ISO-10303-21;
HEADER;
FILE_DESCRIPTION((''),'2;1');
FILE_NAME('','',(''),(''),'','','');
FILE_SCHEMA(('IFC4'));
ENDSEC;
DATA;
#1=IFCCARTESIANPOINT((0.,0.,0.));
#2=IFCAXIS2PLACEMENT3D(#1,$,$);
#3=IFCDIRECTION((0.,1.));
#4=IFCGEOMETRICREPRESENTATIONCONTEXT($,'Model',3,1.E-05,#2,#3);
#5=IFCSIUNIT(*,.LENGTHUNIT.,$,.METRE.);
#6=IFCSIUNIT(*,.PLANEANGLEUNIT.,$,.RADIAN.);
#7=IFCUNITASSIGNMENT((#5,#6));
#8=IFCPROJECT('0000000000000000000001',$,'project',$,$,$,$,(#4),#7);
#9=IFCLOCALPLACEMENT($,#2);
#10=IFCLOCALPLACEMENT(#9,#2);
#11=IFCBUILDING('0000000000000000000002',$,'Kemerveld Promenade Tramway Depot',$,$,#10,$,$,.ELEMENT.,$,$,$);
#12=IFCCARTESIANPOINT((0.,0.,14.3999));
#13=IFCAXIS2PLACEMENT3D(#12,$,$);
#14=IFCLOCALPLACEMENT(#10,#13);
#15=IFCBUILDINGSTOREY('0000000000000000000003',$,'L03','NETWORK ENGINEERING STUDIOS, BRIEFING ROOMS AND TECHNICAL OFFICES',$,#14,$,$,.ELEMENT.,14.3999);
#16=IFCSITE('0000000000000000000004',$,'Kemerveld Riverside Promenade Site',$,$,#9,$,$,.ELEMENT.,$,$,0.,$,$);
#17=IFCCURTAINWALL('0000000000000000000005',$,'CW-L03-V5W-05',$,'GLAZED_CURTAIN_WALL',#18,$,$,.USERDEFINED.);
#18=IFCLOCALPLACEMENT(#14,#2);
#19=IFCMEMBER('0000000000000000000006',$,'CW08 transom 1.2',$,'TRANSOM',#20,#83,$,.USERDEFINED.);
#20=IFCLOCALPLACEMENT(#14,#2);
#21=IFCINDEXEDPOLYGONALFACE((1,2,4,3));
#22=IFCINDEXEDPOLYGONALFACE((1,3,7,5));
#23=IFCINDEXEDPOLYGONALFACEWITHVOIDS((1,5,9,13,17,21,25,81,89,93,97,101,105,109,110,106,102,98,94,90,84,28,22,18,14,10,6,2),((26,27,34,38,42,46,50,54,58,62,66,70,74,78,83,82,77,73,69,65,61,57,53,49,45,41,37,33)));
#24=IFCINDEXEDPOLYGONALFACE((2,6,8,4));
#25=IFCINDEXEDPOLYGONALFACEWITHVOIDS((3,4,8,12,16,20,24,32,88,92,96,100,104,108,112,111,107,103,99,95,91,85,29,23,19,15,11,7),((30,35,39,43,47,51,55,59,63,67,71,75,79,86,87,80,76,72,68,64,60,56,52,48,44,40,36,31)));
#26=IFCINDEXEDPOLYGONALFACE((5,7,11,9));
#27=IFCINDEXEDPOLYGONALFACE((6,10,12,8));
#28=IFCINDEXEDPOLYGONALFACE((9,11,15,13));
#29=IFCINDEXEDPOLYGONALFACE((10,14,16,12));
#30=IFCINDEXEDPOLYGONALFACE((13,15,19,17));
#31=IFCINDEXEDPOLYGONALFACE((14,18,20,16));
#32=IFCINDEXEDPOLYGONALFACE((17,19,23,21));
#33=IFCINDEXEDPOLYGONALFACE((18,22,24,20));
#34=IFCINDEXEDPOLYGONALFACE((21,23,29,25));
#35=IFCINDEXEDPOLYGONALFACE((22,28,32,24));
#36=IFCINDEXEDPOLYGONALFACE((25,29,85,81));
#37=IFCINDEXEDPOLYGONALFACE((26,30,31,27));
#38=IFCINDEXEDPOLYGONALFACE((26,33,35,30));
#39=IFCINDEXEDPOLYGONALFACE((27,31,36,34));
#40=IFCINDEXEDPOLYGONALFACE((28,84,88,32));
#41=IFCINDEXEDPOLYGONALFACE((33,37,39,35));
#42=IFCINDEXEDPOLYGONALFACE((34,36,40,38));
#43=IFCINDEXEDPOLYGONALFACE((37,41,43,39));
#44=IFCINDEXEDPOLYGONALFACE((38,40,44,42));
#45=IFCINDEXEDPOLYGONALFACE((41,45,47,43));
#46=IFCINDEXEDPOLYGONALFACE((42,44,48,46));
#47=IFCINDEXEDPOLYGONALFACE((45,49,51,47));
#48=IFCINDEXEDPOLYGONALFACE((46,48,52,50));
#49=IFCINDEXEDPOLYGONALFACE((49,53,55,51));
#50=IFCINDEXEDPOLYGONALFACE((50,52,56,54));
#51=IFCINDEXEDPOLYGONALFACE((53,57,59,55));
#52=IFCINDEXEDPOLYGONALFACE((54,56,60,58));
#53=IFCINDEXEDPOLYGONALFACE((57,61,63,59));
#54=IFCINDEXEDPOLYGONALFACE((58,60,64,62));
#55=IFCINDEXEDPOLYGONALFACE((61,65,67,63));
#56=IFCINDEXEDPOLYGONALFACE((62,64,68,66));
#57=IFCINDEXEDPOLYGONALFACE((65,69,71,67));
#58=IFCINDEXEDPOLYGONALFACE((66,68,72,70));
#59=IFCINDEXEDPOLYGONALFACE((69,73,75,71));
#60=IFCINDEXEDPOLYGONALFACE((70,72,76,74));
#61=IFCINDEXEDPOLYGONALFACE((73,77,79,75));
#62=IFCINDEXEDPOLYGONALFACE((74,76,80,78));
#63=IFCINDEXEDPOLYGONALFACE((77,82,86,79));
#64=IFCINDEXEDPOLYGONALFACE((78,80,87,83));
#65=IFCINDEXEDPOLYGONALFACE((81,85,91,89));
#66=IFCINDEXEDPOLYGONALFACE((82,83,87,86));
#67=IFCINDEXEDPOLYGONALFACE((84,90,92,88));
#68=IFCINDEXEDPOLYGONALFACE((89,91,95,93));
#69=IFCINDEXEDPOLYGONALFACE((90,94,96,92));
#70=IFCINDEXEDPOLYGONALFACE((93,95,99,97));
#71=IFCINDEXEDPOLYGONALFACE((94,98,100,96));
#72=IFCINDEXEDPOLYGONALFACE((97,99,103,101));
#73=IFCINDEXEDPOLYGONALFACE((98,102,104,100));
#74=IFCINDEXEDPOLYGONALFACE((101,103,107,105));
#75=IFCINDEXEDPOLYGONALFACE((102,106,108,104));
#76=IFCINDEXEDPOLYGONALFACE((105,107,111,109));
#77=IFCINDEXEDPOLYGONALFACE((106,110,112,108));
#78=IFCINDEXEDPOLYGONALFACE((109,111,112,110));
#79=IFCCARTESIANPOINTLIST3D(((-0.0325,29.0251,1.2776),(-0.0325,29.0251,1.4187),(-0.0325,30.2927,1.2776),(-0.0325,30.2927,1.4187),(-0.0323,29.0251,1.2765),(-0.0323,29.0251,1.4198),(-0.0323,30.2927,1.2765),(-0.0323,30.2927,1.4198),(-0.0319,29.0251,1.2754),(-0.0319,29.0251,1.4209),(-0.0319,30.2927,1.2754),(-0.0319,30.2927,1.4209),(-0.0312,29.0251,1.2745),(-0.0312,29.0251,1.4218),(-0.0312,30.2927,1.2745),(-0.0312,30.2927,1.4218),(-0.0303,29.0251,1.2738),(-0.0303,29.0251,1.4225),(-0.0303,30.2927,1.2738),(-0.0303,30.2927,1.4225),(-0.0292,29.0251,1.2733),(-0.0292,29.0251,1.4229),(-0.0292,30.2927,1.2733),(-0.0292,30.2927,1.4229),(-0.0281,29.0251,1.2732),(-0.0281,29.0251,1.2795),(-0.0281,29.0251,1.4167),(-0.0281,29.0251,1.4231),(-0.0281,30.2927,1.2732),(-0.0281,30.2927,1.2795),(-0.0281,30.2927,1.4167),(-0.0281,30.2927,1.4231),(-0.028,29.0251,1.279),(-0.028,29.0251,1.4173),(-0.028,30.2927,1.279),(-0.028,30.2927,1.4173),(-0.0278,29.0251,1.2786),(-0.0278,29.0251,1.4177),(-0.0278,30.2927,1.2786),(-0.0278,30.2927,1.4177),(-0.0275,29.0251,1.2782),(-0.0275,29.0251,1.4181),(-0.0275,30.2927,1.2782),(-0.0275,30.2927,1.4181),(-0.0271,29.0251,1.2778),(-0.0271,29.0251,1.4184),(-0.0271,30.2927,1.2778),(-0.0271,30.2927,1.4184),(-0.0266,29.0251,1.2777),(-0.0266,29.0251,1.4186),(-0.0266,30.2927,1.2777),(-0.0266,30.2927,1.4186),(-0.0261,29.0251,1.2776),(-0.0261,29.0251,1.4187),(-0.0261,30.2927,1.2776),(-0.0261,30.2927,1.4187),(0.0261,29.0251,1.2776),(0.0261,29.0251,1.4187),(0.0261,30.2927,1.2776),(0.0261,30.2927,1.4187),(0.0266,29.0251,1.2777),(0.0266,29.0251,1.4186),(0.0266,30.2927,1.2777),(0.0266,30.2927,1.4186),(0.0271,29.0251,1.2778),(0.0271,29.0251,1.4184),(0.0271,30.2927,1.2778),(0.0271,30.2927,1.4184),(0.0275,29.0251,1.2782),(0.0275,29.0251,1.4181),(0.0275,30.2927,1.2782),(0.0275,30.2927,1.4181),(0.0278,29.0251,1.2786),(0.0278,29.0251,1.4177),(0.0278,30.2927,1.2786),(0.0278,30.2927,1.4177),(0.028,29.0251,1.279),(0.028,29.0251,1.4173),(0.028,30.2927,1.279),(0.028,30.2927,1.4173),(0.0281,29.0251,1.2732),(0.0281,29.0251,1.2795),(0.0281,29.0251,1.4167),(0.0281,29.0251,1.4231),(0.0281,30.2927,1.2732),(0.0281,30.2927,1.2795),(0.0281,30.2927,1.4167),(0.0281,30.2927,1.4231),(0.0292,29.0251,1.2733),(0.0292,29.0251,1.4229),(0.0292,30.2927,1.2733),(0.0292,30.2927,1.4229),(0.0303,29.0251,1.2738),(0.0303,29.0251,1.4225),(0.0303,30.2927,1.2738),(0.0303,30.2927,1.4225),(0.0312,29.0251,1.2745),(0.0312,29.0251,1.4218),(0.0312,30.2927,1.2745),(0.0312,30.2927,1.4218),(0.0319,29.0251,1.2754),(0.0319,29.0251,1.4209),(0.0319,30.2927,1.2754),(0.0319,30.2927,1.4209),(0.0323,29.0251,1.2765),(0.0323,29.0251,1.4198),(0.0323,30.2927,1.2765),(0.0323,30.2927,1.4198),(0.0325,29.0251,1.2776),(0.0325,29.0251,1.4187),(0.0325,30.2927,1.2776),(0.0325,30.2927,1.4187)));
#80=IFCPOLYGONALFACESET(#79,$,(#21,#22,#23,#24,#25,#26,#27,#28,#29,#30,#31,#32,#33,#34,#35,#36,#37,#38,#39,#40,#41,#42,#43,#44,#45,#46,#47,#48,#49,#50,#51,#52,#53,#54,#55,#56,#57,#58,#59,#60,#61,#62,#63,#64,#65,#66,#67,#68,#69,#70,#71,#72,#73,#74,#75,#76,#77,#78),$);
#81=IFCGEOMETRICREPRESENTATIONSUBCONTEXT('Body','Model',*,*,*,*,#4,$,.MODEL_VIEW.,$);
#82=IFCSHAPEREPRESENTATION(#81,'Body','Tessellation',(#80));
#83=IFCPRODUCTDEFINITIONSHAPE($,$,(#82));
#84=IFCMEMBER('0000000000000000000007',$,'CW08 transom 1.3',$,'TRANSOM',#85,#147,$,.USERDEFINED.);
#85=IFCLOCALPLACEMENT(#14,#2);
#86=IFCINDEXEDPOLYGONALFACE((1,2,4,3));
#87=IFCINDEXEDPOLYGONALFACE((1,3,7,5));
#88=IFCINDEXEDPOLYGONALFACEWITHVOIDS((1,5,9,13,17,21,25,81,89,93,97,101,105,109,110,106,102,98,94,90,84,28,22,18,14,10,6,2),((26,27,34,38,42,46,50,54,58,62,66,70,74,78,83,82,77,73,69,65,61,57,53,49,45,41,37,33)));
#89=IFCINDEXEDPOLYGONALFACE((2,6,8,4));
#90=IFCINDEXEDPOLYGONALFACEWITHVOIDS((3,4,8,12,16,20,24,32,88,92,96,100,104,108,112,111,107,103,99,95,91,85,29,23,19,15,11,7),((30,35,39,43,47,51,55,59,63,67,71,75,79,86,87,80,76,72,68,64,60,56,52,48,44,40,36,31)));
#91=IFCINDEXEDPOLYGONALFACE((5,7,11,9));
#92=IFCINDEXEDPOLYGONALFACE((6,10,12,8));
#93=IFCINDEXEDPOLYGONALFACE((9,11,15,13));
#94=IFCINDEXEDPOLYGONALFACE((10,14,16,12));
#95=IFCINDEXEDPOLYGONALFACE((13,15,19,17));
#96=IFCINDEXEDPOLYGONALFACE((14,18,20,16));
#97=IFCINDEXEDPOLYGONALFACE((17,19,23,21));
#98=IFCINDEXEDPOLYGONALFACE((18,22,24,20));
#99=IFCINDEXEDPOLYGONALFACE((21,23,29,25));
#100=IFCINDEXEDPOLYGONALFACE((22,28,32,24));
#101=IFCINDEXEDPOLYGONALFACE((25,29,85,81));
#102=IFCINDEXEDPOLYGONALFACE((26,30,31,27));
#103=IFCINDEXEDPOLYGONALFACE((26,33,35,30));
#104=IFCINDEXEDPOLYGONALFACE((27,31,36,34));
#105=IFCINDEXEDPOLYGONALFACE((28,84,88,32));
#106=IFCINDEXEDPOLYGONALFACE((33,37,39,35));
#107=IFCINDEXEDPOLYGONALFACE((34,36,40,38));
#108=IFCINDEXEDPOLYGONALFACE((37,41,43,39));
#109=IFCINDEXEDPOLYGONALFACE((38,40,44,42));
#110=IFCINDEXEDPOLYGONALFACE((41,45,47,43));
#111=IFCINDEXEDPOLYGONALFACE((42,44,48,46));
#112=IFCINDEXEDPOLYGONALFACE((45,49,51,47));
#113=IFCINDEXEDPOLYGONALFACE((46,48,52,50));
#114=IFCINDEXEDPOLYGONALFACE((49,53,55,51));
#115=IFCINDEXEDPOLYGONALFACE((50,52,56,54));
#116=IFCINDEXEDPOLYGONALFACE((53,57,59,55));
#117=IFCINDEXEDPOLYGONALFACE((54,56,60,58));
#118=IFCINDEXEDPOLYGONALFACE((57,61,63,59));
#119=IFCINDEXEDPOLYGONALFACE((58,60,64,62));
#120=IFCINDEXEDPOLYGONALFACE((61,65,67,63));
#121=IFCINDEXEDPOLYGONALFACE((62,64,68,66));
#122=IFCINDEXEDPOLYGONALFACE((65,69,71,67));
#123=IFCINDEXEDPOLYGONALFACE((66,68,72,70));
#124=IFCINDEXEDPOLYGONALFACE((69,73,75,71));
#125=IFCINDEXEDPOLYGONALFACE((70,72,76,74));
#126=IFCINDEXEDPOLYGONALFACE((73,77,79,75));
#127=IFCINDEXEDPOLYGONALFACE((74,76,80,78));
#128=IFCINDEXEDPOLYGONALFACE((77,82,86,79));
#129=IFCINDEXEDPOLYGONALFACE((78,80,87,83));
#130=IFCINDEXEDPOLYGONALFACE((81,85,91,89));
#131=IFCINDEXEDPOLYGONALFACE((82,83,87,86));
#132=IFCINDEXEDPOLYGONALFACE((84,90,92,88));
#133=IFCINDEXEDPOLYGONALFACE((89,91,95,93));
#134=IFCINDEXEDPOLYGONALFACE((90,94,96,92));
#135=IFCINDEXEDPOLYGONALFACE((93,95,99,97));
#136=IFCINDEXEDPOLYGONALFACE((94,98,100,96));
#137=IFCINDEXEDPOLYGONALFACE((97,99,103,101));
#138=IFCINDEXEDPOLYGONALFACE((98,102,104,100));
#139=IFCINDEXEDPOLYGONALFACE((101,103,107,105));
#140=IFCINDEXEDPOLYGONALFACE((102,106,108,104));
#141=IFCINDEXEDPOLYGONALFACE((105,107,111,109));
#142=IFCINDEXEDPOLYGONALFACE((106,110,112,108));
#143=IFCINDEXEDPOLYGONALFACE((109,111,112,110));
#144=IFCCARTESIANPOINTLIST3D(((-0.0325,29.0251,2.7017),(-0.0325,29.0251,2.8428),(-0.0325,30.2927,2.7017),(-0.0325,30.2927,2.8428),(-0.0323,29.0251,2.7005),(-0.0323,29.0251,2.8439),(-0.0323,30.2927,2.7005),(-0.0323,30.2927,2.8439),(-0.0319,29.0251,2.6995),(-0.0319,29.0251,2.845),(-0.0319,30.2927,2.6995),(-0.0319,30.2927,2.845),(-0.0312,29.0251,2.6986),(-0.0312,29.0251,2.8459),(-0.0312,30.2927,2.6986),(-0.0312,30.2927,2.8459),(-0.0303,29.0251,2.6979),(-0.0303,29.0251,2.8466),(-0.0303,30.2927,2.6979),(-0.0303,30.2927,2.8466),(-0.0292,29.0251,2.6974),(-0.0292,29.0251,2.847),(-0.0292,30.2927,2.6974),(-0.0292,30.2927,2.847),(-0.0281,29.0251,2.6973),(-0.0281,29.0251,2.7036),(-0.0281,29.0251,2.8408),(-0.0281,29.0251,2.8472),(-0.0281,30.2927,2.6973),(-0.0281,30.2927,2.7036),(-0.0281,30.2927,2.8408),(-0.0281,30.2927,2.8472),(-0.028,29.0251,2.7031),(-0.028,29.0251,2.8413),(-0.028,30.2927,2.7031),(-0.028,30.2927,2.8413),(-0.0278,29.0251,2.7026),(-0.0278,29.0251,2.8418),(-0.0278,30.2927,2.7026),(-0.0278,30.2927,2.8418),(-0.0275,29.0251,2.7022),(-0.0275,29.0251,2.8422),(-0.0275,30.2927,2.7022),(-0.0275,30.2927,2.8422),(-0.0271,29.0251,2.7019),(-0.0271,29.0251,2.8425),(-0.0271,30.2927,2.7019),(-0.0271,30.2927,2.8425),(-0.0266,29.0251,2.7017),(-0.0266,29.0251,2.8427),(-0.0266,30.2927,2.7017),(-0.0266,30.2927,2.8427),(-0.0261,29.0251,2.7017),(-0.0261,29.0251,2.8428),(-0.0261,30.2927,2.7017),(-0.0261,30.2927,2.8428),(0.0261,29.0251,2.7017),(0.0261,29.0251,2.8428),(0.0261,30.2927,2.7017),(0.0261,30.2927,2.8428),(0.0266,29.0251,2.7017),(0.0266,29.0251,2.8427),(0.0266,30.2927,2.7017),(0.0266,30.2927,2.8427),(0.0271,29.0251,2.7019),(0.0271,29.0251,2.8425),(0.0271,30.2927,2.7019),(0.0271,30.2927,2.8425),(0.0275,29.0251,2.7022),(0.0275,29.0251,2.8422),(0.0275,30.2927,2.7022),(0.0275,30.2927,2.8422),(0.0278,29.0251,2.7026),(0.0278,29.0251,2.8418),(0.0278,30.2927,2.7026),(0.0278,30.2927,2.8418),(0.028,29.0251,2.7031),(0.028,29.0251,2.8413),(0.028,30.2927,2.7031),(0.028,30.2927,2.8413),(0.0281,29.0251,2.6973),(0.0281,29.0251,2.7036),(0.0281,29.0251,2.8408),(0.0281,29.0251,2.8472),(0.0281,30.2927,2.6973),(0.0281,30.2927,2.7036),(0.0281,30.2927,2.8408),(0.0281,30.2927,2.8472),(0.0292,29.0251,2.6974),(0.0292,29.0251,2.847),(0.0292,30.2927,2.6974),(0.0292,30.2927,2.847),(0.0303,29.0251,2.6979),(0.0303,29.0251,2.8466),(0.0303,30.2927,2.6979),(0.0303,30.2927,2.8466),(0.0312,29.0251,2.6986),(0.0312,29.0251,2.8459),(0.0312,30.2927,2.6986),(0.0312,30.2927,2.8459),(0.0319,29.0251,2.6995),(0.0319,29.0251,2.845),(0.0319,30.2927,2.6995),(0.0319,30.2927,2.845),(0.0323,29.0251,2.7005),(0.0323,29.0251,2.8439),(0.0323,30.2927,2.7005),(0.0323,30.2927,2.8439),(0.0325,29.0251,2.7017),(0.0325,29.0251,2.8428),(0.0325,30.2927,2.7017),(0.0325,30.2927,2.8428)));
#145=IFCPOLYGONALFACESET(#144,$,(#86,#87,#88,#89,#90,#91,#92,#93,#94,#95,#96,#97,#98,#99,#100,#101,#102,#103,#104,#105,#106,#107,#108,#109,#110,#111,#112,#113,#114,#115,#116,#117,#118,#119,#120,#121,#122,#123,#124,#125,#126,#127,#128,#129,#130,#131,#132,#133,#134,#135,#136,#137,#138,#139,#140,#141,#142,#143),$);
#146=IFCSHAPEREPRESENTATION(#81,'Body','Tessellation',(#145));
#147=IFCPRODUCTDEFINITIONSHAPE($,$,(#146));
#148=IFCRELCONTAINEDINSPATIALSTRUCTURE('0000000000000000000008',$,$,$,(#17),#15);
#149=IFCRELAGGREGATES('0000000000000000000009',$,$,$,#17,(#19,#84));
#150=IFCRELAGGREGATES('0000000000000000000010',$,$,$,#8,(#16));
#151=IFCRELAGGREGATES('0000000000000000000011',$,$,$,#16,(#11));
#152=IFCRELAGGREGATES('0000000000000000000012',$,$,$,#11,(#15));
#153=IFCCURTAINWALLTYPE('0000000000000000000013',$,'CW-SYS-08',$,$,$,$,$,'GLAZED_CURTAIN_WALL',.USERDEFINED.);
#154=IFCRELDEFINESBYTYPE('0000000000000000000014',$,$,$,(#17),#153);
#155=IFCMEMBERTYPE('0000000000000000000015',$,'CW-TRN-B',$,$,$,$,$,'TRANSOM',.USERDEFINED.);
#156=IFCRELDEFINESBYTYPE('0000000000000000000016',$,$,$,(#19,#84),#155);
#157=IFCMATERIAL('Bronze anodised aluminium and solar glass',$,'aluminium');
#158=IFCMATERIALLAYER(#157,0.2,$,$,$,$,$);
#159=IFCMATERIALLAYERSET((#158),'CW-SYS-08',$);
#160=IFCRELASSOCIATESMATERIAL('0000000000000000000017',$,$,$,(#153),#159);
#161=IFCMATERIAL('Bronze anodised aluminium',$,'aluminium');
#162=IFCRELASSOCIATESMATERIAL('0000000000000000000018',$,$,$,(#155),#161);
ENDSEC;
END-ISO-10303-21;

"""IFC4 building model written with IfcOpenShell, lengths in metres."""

from ifc_helpers import new_model, si_unit, direction, frame, origin, origin_2d, place, context, subcontext, project, spatial, hollow_rectangle, extrude, material, layer, layer_set, material_profile, profile_set, type_object, element, aggregate, save


model = new_model("IFC4")

# Units and contexts
model_context = context("Model", 3, precision=1e-05, world=origin(), true_north=direction((0.0, 1.0)))
body_context = subcontext(model_context, "Body", "Model", "MODEL_VIEW")
ifc_project = project(units=[si_unit("LENGTHUNIT", "METRE"), si_unit("PLANEANGLEUNIT", "RADIAN")], contexts=[model_context])

# Site, building, storey
site_placement = place(None, origin())
site = spatial("IfcSite", under=ifc_project, at=site_placement, Name="Kemerveld Riverside Promenade Site", CompositionType="ELEMENT", RefElevation=0.0)
building_placement = place(site_placement, origin())
building = spatial("IfcBuilding", under=site, at=building_placement, Name="Kemerveld Promenade Tramway Depot", CompositionType="ELEMENT")
storey_placement = place(building_placement, frame((0.0, 0.0, 14.3999)))
storey = spatial("IfcBuildingStorey", under=building, at=storey_placement, Name="L03", Description="NETWORK ENGINEERING STUDIOS, BRIEFING ROOMS AND TECHNICAL OFFICES", CompositionType="ELEMENT", Elevation=14.3999)

# Curtain wall, members
ifc_material_1 = material(Name="Bronze anodised aluminium and solar glass", Category="aluminium")
ifc_layer_1 = layer(ifc_material_1, 0.2)
ifc_layer_set_1 = layer_set([ifc_layer_1], Name="CW-SYS-08")
curtain_wall_type = type_object("IfcCurtainWallType", Name="CW-SYS-08", ElementType="GLAZED_CURTAIN_WALL", PredefinedType="USERDEFINED", material=ifc_layer_set_1)
curtain_wall_placement = place(storey_placement, origin())
curtain_wall = element("IfcCurtainWall", 1, at=curtain_wall_placement, inside=storey, type_object=curtain_wall_type, Name="CW-L03-V5W-05", ObjectType="GLAZED_CURTAIN_WALL", PredefinedType="USERDEFINED")
ifc_material_2 = material(Name="Bronze anodised aluminium", Category="aluminium")
ifc_material_profile_1 = material_profile(ifc_material_2, hollow_rectangle(XDim=0.0649, YDim=0.1499, WallThickness=0.0044, InnerFilletRadius=0.002, OuterFilletRadius=0.0044, at=origin_2d()), Name="CW-TRN-150x65")
ifc_profile_set_1 = profile_set([ifc_material_profile_1], Name="Bronze anodised aluminium")
member_type_1 = type_object("IfcMemberType", Name="CW-TRN-B", ElementType="TRANSOM", PredefinedType="USERDEFINED", material=ifc_profile_set_1)
member_1_placement = place(storey_placement, frame((0.0, 29.0251, 1.3481), z_axis=(0.0, 1.0, 0.0), x_axis=(-1.0, 0.0, 0.0)))
member_1 = element("IfcMember", 2, at=member_1_placement, type_object=member_type_1, Name="CW08 transom 1.2", ObjectType="TRANSOM", PredefinedType="USERDEFINED", context=body_context, shape_type="SweptSolid", body=[
    extrude(hollow_rectangle(XDim=0.0649, YDim=0.1499, WallThickness=0.0044, InnerFilletRadius=0.002, OuterFilletRadius=0.0044, at=origin_2d()), origin(), (0.0, 0.0, 1.0), 1.2676),
])
member_2_placement = place(storey_placement, frame((0.0, 29.0251, 2.7722), z_axis=(0.0, 1.0, 0.0), x_axis=(-1.0, 0.0, 0.0)))
member_2 = element("IfcMember", 3, at=member_2_placement, type_object=member_type_1, Name="CW08 transom 1.3", ObjectType="TRANSOM", PredefinedType="USERDEFINED", context=body_context, shape_type="SweptSolid", body=[
    extrude(hollow_rectangle(XDim=0.0649, YDim=0.1499, WallThickness=0.0044, InnerFilletRadius=0.002, OuterFilletRadius=0.0044, at=origin_2d()), origin(), (0.0, 0.0, 1.0), 1.2676),
])
aggregate(curtain_wall, [member_1, member_2])

save(model, "model.ifc")
